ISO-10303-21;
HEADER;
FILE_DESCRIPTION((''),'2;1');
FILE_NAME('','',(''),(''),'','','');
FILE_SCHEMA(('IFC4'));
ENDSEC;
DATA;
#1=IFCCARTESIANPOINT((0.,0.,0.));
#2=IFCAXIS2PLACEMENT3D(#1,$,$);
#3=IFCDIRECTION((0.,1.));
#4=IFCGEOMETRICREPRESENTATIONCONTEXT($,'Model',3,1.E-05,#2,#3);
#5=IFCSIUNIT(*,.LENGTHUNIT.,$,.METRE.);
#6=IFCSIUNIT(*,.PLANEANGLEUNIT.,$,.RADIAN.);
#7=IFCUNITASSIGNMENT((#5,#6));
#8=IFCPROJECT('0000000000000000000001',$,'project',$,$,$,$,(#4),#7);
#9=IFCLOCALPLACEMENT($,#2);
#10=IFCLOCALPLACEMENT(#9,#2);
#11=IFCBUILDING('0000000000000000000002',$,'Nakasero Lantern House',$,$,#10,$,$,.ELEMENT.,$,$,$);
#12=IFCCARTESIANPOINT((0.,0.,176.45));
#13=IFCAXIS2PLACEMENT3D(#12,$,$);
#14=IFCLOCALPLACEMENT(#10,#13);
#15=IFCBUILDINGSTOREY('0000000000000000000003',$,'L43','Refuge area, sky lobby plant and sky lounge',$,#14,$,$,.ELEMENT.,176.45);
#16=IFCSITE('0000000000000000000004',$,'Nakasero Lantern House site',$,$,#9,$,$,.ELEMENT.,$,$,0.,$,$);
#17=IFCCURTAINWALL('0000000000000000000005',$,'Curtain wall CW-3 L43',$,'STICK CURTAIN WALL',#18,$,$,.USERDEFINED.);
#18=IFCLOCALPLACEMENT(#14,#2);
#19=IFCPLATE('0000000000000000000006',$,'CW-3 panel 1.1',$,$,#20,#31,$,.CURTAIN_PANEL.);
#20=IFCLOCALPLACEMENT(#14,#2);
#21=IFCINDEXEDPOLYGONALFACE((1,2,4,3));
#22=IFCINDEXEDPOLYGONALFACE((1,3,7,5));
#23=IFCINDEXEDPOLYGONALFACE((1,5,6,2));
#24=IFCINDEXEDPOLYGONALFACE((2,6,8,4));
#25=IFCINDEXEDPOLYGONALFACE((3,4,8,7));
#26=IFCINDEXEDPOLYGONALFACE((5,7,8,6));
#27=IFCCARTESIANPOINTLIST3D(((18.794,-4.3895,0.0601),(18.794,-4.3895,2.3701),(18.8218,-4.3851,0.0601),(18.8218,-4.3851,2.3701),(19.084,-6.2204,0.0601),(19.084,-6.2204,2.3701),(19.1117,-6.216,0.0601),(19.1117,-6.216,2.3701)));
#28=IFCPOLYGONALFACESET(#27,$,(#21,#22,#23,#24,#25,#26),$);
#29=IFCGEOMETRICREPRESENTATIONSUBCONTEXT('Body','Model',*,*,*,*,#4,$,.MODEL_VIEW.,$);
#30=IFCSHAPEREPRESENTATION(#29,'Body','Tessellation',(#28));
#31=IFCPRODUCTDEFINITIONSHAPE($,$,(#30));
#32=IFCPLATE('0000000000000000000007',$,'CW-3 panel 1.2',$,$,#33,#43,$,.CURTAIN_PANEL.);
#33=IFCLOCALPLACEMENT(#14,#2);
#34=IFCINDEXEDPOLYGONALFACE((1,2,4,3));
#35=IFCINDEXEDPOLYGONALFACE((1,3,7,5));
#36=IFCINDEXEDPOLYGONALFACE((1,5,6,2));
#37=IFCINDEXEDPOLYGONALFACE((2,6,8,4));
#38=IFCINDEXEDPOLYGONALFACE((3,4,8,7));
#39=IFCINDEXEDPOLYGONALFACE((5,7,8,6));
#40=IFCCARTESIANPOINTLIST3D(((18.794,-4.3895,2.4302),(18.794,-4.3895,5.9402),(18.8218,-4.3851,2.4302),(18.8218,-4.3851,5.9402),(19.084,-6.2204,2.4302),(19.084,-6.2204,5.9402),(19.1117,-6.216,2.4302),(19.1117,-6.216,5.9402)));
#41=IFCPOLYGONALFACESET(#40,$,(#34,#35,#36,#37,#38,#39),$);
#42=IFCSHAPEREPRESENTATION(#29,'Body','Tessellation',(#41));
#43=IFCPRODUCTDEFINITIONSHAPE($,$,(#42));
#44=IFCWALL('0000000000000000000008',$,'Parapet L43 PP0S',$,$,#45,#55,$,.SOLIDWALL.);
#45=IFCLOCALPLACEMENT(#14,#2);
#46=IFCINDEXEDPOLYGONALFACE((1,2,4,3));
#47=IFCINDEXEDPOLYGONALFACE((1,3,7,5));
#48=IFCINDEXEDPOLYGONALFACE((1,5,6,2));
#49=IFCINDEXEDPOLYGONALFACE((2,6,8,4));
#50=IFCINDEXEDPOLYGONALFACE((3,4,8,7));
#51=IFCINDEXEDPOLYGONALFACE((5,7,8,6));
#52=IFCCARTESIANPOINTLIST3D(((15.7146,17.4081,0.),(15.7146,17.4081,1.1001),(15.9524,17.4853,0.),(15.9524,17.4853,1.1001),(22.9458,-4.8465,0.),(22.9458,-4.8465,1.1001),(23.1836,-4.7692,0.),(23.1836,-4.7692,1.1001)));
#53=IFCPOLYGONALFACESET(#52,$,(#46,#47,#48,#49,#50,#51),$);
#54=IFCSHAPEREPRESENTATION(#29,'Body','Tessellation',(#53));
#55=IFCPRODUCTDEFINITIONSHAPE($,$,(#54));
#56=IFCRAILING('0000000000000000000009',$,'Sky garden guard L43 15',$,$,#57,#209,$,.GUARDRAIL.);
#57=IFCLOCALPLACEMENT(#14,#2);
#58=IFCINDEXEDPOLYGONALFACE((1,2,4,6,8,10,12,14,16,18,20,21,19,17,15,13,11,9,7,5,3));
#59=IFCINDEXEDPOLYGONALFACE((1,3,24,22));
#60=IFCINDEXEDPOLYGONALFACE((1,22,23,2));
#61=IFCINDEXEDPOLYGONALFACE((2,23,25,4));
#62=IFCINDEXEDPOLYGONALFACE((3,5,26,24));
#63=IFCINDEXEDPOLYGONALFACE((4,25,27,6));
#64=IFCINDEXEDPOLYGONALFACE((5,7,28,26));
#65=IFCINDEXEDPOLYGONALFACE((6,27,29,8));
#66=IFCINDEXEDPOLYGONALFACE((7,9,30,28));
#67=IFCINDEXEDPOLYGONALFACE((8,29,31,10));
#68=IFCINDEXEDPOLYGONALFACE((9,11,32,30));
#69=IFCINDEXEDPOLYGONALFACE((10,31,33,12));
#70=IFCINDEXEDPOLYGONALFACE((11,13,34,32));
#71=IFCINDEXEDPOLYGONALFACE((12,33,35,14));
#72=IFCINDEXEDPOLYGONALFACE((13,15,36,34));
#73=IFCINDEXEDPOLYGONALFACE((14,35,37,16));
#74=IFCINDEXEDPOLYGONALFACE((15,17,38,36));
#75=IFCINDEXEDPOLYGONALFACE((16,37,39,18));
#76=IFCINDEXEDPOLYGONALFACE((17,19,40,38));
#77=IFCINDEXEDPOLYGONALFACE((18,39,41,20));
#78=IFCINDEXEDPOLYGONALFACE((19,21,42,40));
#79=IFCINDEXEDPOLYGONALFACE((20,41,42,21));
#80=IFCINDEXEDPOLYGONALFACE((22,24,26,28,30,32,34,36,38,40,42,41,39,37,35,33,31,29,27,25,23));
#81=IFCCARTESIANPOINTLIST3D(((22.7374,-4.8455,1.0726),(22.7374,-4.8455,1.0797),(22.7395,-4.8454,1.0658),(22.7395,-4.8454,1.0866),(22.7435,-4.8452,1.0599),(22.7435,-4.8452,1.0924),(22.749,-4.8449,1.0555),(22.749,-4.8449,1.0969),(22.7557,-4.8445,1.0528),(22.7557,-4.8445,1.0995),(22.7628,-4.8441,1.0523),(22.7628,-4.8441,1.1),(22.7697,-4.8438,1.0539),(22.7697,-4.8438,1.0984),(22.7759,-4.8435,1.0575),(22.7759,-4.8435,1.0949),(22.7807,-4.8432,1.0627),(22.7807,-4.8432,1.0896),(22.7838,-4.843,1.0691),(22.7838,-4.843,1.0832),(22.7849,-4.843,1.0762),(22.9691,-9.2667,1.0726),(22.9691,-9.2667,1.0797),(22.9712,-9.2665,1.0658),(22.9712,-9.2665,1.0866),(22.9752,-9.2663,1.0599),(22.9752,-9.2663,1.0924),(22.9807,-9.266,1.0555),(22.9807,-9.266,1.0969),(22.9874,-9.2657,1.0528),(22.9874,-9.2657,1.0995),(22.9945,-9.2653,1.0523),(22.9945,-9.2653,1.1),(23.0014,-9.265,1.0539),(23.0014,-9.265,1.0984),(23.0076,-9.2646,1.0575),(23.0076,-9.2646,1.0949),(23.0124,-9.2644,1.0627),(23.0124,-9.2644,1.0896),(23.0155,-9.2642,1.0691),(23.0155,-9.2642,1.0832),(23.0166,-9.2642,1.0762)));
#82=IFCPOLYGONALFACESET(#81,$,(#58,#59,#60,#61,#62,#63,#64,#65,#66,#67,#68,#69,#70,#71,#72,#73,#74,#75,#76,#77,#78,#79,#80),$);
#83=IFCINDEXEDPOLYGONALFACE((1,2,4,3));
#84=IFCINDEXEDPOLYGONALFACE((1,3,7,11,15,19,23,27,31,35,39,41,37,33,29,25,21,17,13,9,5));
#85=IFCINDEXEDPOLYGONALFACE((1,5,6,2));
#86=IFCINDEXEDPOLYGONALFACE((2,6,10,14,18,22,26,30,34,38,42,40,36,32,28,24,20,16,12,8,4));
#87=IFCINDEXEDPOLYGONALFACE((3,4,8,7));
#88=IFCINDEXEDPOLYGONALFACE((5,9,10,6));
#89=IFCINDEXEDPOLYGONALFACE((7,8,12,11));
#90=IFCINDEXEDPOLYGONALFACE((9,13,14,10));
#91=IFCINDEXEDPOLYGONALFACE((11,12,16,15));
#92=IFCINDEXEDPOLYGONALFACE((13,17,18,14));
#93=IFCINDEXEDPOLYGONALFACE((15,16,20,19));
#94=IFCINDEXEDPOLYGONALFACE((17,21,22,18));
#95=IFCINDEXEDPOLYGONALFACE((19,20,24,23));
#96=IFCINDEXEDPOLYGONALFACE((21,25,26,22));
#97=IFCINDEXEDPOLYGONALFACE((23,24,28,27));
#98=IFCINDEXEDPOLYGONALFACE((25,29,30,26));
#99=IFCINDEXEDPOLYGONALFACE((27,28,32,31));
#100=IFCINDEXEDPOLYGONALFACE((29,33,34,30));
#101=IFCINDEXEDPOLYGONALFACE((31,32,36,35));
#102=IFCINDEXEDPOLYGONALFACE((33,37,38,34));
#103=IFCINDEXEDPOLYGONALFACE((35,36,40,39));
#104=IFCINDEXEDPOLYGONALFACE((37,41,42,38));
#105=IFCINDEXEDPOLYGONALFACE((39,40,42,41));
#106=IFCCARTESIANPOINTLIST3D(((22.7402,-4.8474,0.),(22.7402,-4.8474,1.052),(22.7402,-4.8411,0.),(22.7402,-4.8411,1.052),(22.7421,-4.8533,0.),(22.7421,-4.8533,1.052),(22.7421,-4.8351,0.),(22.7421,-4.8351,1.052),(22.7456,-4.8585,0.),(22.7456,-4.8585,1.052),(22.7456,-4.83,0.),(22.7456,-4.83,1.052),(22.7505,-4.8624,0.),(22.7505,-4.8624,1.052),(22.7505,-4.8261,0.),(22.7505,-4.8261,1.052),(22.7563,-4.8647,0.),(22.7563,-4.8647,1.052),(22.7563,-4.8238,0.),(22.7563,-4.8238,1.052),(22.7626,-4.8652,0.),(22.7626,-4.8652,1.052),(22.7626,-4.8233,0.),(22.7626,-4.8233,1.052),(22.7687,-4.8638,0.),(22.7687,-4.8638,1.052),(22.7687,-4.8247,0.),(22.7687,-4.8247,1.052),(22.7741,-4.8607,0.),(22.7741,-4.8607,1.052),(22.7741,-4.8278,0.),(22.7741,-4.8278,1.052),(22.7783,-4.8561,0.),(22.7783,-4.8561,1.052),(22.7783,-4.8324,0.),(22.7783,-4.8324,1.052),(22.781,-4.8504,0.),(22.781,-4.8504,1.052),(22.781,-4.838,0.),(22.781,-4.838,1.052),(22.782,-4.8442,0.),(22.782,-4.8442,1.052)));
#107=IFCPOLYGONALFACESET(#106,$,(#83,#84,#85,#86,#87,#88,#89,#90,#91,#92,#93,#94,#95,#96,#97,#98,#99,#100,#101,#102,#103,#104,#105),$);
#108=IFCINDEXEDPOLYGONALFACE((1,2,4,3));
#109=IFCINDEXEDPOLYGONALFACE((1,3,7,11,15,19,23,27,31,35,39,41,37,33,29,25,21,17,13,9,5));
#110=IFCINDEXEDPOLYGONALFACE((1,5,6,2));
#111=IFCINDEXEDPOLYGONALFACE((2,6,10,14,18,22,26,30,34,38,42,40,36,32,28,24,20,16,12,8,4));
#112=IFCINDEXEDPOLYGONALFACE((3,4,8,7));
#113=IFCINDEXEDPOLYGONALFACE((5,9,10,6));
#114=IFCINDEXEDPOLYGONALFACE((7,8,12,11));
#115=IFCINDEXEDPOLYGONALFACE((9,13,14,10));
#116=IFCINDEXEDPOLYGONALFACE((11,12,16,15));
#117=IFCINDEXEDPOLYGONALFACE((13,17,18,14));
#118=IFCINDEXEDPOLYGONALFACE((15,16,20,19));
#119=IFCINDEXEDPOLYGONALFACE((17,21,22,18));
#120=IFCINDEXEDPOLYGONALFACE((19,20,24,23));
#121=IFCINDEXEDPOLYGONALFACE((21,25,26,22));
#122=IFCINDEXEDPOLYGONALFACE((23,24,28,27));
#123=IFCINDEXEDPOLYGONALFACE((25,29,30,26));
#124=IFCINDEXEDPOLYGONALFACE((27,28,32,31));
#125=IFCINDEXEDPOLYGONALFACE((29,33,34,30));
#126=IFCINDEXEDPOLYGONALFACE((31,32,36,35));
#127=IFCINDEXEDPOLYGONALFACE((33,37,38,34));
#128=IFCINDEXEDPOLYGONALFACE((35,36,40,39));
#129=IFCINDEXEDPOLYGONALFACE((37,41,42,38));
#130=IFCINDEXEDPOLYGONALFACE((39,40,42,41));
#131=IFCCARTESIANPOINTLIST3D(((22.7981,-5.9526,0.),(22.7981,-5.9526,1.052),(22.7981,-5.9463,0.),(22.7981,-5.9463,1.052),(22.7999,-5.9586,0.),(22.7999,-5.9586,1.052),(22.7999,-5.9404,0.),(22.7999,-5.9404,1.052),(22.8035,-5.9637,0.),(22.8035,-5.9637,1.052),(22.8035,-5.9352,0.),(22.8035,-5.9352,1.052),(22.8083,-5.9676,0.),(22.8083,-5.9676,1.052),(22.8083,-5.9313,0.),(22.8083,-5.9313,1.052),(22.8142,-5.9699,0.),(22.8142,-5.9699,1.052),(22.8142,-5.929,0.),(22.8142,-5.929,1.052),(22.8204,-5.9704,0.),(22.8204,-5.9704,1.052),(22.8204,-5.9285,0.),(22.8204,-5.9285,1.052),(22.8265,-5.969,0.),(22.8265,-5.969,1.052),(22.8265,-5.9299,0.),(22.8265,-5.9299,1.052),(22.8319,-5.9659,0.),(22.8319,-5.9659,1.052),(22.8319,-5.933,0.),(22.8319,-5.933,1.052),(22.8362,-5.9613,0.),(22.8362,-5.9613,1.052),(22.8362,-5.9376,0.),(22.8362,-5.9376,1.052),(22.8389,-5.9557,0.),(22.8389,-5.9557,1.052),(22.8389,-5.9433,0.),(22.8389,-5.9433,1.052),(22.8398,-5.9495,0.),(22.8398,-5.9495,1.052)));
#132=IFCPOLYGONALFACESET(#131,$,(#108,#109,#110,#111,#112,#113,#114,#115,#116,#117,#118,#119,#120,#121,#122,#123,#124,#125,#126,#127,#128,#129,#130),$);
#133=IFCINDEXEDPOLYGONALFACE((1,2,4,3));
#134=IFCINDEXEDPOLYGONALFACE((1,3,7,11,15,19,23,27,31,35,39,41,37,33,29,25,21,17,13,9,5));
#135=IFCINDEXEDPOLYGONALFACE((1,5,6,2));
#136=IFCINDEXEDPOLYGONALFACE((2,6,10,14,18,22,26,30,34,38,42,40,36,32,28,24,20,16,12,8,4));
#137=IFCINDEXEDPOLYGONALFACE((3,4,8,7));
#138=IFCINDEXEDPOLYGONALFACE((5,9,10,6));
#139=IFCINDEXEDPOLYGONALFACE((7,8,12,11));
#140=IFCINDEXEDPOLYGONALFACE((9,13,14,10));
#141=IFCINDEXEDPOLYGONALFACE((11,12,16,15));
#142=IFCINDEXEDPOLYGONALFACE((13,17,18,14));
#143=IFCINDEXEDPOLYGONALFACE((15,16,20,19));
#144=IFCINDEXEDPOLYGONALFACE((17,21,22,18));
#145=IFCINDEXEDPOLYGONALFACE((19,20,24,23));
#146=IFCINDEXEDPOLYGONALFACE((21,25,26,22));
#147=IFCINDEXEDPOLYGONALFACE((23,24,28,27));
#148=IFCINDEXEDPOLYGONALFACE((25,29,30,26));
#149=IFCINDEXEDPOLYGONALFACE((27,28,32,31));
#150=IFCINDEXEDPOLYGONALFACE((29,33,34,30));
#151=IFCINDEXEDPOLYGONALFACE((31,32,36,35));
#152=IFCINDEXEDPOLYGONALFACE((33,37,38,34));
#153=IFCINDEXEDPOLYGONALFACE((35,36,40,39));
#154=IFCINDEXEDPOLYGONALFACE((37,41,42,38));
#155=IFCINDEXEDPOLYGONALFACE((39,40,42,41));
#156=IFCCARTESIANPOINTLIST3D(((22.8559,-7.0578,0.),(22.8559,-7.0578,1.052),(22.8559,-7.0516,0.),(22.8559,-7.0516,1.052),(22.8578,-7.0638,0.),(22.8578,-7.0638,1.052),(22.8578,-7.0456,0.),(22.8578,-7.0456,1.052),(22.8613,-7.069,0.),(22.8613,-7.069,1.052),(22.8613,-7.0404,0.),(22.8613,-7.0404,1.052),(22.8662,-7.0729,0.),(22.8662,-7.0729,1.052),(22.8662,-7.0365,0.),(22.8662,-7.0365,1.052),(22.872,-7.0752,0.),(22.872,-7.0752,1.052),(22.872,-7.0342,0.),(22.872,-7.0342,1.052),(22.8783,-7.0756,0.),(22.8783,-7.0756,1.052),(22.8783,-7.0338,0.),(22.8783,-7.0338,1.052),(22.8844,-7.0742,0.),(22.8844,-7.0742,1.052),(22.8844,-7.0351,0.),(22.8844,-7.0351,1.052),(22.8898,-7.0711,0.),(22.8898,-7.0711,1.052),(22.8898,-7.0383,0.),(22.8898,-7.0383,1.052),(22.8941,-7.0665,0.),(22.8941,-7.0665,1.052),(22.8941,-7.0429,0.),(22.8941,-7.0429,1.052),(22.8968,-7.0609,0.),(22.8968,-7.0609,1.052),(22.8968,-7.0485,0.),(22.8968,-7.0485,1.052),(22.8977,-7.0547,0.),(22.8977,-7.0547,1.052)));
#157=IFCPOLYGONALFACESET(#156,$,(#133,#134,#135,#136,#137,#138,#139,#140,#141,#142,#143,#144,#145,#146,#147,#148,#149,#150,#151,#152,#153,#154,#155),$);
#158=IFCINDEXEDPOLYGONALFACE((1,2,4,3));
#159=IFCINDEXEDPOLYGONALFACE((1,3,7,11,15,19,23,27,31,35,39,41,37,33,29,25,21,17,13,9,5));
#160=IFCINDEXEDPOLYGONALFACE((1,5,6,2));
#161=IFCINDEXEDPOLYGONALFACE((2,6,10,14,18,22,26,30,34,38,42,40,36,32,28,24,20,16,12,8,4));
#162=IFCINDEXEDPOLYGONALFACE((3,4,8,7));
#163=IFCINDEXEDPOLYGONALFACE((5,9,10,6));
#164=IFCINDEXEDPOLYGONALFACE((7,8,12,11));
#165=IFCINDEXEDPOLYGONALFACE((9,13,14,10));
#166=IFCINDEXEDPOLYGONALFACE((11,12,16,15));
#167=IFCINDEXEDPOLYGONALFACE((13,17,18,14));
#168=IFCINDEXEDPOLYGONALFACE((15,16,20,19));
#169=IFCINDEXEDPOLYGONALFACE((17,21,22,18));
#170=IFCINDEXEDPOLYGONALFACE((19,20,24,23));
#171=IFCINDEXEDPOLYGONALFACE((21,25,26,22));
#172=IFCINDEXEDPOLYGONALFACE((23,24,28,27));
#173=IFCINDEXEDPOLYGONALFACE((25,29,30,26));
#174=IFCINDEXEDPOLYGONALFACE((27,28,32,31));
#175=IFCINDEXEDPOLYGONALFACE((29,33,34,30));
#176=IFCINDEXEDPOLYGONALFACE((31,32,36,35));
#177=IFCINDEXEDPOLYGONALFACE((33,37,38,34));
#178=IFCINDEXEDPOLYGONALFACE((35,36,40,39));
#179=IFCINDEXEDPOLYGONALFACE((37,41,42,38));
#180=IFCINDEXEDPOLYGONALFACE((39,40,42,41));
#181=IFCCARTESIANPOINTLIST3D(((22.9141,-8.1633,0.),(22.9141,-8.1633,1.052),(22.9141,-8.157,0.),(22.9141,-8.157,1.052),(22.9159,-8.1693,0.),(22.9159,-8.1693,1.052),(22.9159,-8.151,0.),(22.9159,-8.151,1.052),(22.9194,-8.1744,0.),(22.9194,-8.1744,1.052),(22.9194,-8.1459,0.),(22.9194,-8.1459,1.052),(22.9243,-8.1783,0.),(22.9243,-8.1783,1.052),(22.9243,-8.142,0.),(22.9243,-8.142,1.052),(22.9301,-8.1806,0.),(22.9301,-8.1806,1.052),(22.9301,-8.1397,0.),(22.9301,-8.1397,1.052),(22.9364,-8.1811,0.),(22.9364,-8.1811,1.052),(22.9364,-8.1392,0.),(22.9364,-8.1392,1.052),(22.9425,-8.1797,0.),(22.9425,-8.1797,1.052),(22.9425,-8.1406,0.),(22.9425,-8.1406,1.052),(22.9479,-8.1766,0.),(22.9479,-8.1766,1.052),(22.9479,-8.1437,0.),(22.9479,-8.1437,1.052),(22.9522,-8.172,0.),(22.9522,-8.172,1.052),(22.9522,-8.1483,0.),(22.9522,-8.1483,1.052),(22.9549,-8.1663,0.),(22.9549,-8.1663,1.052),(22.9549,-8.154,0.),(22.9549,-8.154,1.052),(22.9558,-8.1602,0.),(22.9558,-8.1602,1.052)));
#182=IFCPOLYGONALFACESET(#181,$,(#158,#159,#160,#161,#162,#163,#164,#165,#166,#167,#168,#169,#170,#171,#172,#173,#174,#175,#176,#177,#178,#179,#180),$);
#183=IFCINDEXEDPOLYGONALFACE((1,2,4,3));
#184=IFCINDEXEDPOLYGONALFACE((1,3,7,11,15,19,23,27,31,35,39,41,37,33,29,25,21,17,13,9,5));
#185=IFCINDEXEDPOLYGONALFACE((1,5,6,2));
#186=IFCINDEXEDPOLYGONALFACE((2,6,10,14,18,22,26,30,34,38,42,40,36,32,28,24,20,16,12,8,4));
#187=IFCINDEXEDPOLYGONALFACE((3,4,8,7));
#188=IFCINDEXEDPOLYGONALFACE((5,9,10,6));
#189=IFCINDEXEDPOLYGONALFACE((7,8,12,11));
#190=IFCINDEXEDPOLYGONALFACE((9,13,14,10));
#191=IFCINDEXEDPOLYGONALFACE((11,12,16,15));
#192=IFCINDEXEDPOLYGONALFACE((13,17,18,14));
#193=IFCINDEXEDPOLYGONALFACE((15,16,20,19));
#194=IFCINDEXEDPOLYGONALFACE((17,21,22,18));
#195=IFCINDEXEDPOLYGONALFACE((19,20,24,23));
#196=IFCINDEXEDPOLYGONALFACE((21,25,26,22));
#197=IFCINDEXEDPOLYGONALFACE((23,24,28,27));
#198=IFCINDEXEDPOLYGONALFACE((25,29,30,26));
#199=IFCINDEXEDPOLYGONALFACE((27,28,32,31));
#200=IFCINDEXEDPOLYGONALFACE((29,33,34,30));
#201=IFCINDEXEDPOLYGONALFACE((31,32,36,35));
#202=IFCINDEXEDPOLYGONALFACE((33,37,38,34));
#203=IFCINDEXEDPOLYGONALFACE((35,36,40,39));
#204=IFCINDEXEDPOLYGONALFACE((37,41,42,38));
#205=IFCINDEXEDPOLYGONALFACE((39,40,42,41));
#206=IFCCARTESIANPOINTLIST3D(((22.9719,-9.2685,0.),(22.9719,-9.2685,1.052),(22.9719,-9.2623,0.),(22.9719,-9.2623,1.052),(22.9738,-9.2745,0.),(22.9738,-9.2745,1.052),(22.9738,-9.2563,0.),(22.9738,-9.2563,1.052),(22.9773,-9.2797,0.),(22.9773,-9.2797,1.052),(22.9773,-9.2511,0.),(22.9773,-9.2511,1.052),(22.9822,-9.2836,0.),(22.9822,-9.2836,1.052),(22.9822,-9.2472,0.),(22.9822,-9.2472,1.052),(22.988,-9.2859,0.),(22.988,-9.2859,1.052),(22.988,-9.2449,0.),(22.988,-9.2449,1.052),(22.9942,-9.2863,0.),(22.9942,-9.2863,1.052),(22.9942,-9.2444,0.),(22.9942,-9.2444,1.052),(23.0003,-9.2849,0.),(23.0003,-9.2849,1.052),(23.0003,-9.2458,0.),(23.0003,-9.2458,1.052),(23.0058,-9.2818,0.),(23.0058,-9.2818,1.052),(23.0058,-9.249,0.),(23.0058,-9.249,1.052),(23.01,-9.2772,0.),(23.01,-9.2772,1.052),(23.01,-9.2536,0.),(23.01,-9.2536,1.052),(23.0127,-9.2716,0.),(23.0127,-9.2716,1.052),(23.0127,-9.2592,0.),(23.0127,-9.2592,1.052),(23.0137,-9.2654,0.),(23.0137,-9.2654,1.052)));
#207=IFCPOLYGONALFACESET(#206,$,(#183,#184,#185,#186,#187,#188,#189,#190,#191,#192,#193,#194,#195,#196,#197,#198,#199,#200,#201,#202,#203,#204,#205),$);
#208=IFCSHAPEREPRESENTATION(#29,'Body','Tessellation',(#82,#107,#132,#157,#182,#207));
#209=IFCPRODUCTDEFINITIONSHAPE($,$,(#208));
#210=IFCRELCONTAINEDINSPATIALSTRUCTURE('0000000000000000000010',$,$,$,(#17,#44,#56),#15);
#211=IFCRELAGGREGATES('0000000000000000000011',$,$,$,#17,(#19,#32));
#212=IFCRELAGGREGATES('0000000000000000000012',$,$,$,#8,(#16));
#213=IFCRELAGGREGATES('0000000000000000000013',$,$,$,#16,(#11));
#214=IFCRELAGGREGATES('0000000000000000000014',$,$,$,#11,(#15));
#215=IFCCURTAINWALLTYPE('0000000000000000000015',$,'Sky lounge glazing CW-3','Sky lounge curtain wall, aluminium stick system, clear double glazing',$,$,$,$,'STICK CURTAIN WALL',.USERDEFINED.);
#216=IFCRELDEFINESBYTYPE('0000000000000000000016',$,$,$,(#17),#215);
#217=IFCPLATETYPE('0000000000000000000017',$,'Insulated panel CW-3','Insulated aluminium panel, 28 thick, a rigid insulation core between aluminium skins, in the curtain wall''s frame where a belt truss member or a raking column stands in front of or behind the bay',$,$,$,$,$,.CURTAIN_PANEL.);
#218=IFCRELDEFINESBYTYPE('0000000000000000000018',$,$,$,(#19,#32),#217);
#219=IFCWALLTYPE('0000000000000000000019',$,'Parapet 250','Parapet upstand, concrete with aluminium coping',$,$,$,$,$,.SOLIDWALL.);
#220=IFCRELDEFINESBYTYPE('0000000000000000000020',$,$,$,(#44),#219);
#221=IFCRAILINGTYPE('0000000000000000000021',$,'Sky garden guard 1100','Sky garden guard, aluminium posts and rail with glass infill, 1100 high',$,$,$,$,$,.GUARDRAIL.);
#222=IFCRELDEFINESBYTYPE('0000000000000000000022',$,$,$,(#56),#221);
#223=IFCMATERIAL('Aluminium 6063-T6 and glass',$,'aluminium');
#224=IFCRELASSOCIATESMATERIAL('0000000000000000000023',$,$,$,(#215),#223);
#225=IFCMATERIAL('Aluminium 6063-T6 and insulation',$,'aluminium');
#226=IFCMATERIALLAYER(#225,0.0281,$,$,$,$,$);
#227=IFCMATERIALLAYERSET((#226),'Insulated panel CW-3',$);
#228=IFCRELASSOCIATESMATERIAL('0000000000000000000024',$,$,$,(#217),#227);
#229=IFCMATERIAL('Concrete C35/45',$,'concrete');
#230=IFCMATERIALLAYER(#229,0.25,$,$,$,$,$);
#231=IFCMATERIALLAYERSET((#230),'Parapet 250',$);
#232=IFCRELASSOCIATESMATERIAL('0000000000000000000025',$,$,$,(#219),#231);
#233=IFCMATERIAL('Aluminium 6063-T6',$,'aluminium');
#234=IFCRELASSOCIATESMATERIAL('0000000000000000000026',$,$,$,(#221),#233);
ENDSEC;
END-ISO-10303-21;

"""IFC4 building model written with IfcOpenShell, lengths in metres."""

from ifc_helpers import new_model, si_unit, direction, frame, frame_2d, origin, origin_2d, place, context, subcontext, project, spatial, rectangle, circle, extrude, material, layer, layer_set, type_object, element, aggregate, save


model = new_model("IFC4")

# Units and contexts
model_context = context("Model", 3, precision=1e-05, world=origin(), true_north=direction((0.0, 1.0)))
body_context = subcontext(model_context, "Body", "Model", "MODEL_VIEW")
ifc_project = project(units=[si_unit("LENGTHUNIT", "METRE"), si_unit("PLANEANGLEUNIT", "RADIAN")], contexts=[model_context])

# Site, building, storey
site_placement = place(None, origin())
site = spatial("IfcSite", under=ifc_project, at=site_placement, Name="Nakasero Lantern House site", CompositionType="ELEMENT", RefElevation=0.0)
building_placement = place(site_placement, origin())
building = spatial("IfcBuilding", under=site, at=building_placement, Name="Nakasero Lantern House", CompositionType="ELEMENT")
storey_placement = place(building_placement, frame((0.0, 0.0, 176.45)))
storey = spatial("IfcBuildingStorey", under=building, at=storey_placement, Name="L43", Description="Refuge area, sky lobby plant and sky lounge", CompositionType="ELEMENT", Elevation=176.45)

# Shared definitions
ifc_material_1 = material(Name="Aluminium 6063-T6 and glass", Category="aluminium")
curtain_wall_type = type_object("IfcCurtainWallType", Name="Sky lounge glazing CW-3", Description="Sky lounge curtain wall, aluminium stick system, clear double glazing", ElementType="STICK CURTAIN WALL", PredefinedType="USERDEFINED", material=ifc_material_1)

# Curtain wall
curtain_wall_1_placement = place(storey_placement, origin())
curtain_wall_1 = element("IfcCurtainWall", 1, at=curtain_wall_1_placement, inside=storey, type_object=curtain_wall_type, Name="Curtain wall CW-3 L43", ObjectType="STICK CURTAIN WALL", PredefinedType="USERDEFINED")

# Plates
ifc_material_2 = material(Name="Aluminium 6063-T6 and insulation", Category="aluminium")
ifc_layer_1 = layer(ifc_material_2, 0.0281)
ifc_layer_set_1 = layer_set([ifc_layer_1], Name="Insulated panel CW-3")
plate_type = type_object("IfcPlateType", Name="Insulated panel CW-3", Description="Insulated aluminium panel, 28 thick, a rigid insulation core between aluminium skins, in the curtain wall's frame where a belt truss member or a raking column stands in front of or behind the bay", PredefinedType="CURTAIN_PANEL", material=ifc_layer_set_1)
plate_1_placement = place(storey_placement, frame((18.9529, -5.3027, 0.0601), z_axis=(0.0, 0.0, 1.0), x_axis=(-0.156434, 0.987688, 0.0)))
plate_1 = element("IfcPlate", 2, at=plate_1_placement, type_object=plate_type, Name="CW-3 panel 1.1", PredefinedType="CURTAIN_PANEL", context=body_context, shape_type="SweptSolid", body=[
    extrude(rectangle(XDim=1.8538, YDim=0.0281, at=origin_2d()), origin(), (0.0, 0.0, 1.0), 2.3101),
])
plate_2_placement = place(storey_placement, frame((18.9529, -5.3027, 2.4302), z_axis=(0.0, 0.0, 1.0), x_axis=(-0.156434, 0.987688, 0.0)))
plate_2 = element("IfcPlate", 3, at=plate_2_placement, type_object=plate_type, Name="CW-3 panel 1.2", PredefinedType="CURTAIN_PANEL", context=body_context, shape_type="SweptSolid", body=[
    extrude(rectangle(XDim=1.8538, YDim=0.0281, at=origin_2d()), origin(), (0.0, 0.0, 1.0), 3.51),
])
aggregate(curtain_wall_1, [plate_1, plate_2])

# Wall
ifc_material_3 = material(Name="Concrete C35/45", Category="concrete")
ifc_layer_2 = layer(ifc_material_3, 0.25)
ifc_layer_set_2 = layer_set([ifc_layer_2], Name="Parapet 250")
wall_type = type_object("IfcWallType", Name="Parapet 250", Description="Parapet upstand, concrete with aluminium coping", PredefinedType="SOLIDWALL", material=ifc_layer_set_2)
wall_placement = place(storey_placement, frame((23.0647, -4.8079, 0.0), z_axis=(0.0, 0.0, 1.0), x_axis=(-0.309026, 0.951054, 0.0)))
element("IfcWall", 4, at=wall_placement, inside=storey, type_object=wall_type, Name="Parapet L43 PP0S", PredefinedType="SOLIDWALL", context=body_context, shape_type="SweptSolid", body=[
    extrude(rectangle(XDim=23.3999, YDim=0.25, at=frame_2d((11.7, 0.0))), origin(), (0.0, 0.0, 1.0), 1.1001),
])

# Railing
ifc_material_4 = material(Name="Aluminium 6063-T6", Category="aluminium")
railing_type = type_object("IfcRailingType", Name="Sky garden guard 1100", Description="Sky garden guard, aluminium posts and rail with glass infill, 1100 high", PredefinedType="GUARDRAIL", material=ifc_material_4)
railing_placement = place(storey_placement, frame((22.761, -4.8442, 0.0)))
element("IfcRailing", 5, at=railing_placement, inside=storey, type_object=railing_type, Name="Sky garden guard L43 15", PredefinedType="GUARDRAIL", context=body_context, shape_type="SweptSolid", body=[
    extrude(circle(Radius=0.0239, at=origin_2d()), frame((0.0, 0.0, 1.0762), z_axis=(0.052333, -0.99863, 0.0), x_axis=(0.99863, 0.052333, 0.0)), (0.0, 0.0, 1.0), 4.4272),
    extrude(circle(Radius=0.021, at=origin_2d()), origin(), (0.0, 0.0, 1.0), 1.052),
    extrude(circle(Radius=0.021, at=origin_2d()), frame((0.0579, -1.1052, 0.0)), (0.0, 0.0, 1.0), 1.052),
    extrude(circle(Radius=0.021, at=origin_2d()), frame((0.1157, -2.2104, 0.0)), (0.0, 0.0, 1.0), 1.052),
    extrude(circle(Radius=0.021, at=origin_2d()), frame((0.1738, -3.3159, 0.0)), (0.0, 0.0, 1.0), 1.052),
    extrude(circle(Radius=0.021, at=origin_2d()), frame((0.2317, -4.4211, 0.0)), (0.0, 0.0, 1.0), 1.052),
])

save(model, "model.ifc")
